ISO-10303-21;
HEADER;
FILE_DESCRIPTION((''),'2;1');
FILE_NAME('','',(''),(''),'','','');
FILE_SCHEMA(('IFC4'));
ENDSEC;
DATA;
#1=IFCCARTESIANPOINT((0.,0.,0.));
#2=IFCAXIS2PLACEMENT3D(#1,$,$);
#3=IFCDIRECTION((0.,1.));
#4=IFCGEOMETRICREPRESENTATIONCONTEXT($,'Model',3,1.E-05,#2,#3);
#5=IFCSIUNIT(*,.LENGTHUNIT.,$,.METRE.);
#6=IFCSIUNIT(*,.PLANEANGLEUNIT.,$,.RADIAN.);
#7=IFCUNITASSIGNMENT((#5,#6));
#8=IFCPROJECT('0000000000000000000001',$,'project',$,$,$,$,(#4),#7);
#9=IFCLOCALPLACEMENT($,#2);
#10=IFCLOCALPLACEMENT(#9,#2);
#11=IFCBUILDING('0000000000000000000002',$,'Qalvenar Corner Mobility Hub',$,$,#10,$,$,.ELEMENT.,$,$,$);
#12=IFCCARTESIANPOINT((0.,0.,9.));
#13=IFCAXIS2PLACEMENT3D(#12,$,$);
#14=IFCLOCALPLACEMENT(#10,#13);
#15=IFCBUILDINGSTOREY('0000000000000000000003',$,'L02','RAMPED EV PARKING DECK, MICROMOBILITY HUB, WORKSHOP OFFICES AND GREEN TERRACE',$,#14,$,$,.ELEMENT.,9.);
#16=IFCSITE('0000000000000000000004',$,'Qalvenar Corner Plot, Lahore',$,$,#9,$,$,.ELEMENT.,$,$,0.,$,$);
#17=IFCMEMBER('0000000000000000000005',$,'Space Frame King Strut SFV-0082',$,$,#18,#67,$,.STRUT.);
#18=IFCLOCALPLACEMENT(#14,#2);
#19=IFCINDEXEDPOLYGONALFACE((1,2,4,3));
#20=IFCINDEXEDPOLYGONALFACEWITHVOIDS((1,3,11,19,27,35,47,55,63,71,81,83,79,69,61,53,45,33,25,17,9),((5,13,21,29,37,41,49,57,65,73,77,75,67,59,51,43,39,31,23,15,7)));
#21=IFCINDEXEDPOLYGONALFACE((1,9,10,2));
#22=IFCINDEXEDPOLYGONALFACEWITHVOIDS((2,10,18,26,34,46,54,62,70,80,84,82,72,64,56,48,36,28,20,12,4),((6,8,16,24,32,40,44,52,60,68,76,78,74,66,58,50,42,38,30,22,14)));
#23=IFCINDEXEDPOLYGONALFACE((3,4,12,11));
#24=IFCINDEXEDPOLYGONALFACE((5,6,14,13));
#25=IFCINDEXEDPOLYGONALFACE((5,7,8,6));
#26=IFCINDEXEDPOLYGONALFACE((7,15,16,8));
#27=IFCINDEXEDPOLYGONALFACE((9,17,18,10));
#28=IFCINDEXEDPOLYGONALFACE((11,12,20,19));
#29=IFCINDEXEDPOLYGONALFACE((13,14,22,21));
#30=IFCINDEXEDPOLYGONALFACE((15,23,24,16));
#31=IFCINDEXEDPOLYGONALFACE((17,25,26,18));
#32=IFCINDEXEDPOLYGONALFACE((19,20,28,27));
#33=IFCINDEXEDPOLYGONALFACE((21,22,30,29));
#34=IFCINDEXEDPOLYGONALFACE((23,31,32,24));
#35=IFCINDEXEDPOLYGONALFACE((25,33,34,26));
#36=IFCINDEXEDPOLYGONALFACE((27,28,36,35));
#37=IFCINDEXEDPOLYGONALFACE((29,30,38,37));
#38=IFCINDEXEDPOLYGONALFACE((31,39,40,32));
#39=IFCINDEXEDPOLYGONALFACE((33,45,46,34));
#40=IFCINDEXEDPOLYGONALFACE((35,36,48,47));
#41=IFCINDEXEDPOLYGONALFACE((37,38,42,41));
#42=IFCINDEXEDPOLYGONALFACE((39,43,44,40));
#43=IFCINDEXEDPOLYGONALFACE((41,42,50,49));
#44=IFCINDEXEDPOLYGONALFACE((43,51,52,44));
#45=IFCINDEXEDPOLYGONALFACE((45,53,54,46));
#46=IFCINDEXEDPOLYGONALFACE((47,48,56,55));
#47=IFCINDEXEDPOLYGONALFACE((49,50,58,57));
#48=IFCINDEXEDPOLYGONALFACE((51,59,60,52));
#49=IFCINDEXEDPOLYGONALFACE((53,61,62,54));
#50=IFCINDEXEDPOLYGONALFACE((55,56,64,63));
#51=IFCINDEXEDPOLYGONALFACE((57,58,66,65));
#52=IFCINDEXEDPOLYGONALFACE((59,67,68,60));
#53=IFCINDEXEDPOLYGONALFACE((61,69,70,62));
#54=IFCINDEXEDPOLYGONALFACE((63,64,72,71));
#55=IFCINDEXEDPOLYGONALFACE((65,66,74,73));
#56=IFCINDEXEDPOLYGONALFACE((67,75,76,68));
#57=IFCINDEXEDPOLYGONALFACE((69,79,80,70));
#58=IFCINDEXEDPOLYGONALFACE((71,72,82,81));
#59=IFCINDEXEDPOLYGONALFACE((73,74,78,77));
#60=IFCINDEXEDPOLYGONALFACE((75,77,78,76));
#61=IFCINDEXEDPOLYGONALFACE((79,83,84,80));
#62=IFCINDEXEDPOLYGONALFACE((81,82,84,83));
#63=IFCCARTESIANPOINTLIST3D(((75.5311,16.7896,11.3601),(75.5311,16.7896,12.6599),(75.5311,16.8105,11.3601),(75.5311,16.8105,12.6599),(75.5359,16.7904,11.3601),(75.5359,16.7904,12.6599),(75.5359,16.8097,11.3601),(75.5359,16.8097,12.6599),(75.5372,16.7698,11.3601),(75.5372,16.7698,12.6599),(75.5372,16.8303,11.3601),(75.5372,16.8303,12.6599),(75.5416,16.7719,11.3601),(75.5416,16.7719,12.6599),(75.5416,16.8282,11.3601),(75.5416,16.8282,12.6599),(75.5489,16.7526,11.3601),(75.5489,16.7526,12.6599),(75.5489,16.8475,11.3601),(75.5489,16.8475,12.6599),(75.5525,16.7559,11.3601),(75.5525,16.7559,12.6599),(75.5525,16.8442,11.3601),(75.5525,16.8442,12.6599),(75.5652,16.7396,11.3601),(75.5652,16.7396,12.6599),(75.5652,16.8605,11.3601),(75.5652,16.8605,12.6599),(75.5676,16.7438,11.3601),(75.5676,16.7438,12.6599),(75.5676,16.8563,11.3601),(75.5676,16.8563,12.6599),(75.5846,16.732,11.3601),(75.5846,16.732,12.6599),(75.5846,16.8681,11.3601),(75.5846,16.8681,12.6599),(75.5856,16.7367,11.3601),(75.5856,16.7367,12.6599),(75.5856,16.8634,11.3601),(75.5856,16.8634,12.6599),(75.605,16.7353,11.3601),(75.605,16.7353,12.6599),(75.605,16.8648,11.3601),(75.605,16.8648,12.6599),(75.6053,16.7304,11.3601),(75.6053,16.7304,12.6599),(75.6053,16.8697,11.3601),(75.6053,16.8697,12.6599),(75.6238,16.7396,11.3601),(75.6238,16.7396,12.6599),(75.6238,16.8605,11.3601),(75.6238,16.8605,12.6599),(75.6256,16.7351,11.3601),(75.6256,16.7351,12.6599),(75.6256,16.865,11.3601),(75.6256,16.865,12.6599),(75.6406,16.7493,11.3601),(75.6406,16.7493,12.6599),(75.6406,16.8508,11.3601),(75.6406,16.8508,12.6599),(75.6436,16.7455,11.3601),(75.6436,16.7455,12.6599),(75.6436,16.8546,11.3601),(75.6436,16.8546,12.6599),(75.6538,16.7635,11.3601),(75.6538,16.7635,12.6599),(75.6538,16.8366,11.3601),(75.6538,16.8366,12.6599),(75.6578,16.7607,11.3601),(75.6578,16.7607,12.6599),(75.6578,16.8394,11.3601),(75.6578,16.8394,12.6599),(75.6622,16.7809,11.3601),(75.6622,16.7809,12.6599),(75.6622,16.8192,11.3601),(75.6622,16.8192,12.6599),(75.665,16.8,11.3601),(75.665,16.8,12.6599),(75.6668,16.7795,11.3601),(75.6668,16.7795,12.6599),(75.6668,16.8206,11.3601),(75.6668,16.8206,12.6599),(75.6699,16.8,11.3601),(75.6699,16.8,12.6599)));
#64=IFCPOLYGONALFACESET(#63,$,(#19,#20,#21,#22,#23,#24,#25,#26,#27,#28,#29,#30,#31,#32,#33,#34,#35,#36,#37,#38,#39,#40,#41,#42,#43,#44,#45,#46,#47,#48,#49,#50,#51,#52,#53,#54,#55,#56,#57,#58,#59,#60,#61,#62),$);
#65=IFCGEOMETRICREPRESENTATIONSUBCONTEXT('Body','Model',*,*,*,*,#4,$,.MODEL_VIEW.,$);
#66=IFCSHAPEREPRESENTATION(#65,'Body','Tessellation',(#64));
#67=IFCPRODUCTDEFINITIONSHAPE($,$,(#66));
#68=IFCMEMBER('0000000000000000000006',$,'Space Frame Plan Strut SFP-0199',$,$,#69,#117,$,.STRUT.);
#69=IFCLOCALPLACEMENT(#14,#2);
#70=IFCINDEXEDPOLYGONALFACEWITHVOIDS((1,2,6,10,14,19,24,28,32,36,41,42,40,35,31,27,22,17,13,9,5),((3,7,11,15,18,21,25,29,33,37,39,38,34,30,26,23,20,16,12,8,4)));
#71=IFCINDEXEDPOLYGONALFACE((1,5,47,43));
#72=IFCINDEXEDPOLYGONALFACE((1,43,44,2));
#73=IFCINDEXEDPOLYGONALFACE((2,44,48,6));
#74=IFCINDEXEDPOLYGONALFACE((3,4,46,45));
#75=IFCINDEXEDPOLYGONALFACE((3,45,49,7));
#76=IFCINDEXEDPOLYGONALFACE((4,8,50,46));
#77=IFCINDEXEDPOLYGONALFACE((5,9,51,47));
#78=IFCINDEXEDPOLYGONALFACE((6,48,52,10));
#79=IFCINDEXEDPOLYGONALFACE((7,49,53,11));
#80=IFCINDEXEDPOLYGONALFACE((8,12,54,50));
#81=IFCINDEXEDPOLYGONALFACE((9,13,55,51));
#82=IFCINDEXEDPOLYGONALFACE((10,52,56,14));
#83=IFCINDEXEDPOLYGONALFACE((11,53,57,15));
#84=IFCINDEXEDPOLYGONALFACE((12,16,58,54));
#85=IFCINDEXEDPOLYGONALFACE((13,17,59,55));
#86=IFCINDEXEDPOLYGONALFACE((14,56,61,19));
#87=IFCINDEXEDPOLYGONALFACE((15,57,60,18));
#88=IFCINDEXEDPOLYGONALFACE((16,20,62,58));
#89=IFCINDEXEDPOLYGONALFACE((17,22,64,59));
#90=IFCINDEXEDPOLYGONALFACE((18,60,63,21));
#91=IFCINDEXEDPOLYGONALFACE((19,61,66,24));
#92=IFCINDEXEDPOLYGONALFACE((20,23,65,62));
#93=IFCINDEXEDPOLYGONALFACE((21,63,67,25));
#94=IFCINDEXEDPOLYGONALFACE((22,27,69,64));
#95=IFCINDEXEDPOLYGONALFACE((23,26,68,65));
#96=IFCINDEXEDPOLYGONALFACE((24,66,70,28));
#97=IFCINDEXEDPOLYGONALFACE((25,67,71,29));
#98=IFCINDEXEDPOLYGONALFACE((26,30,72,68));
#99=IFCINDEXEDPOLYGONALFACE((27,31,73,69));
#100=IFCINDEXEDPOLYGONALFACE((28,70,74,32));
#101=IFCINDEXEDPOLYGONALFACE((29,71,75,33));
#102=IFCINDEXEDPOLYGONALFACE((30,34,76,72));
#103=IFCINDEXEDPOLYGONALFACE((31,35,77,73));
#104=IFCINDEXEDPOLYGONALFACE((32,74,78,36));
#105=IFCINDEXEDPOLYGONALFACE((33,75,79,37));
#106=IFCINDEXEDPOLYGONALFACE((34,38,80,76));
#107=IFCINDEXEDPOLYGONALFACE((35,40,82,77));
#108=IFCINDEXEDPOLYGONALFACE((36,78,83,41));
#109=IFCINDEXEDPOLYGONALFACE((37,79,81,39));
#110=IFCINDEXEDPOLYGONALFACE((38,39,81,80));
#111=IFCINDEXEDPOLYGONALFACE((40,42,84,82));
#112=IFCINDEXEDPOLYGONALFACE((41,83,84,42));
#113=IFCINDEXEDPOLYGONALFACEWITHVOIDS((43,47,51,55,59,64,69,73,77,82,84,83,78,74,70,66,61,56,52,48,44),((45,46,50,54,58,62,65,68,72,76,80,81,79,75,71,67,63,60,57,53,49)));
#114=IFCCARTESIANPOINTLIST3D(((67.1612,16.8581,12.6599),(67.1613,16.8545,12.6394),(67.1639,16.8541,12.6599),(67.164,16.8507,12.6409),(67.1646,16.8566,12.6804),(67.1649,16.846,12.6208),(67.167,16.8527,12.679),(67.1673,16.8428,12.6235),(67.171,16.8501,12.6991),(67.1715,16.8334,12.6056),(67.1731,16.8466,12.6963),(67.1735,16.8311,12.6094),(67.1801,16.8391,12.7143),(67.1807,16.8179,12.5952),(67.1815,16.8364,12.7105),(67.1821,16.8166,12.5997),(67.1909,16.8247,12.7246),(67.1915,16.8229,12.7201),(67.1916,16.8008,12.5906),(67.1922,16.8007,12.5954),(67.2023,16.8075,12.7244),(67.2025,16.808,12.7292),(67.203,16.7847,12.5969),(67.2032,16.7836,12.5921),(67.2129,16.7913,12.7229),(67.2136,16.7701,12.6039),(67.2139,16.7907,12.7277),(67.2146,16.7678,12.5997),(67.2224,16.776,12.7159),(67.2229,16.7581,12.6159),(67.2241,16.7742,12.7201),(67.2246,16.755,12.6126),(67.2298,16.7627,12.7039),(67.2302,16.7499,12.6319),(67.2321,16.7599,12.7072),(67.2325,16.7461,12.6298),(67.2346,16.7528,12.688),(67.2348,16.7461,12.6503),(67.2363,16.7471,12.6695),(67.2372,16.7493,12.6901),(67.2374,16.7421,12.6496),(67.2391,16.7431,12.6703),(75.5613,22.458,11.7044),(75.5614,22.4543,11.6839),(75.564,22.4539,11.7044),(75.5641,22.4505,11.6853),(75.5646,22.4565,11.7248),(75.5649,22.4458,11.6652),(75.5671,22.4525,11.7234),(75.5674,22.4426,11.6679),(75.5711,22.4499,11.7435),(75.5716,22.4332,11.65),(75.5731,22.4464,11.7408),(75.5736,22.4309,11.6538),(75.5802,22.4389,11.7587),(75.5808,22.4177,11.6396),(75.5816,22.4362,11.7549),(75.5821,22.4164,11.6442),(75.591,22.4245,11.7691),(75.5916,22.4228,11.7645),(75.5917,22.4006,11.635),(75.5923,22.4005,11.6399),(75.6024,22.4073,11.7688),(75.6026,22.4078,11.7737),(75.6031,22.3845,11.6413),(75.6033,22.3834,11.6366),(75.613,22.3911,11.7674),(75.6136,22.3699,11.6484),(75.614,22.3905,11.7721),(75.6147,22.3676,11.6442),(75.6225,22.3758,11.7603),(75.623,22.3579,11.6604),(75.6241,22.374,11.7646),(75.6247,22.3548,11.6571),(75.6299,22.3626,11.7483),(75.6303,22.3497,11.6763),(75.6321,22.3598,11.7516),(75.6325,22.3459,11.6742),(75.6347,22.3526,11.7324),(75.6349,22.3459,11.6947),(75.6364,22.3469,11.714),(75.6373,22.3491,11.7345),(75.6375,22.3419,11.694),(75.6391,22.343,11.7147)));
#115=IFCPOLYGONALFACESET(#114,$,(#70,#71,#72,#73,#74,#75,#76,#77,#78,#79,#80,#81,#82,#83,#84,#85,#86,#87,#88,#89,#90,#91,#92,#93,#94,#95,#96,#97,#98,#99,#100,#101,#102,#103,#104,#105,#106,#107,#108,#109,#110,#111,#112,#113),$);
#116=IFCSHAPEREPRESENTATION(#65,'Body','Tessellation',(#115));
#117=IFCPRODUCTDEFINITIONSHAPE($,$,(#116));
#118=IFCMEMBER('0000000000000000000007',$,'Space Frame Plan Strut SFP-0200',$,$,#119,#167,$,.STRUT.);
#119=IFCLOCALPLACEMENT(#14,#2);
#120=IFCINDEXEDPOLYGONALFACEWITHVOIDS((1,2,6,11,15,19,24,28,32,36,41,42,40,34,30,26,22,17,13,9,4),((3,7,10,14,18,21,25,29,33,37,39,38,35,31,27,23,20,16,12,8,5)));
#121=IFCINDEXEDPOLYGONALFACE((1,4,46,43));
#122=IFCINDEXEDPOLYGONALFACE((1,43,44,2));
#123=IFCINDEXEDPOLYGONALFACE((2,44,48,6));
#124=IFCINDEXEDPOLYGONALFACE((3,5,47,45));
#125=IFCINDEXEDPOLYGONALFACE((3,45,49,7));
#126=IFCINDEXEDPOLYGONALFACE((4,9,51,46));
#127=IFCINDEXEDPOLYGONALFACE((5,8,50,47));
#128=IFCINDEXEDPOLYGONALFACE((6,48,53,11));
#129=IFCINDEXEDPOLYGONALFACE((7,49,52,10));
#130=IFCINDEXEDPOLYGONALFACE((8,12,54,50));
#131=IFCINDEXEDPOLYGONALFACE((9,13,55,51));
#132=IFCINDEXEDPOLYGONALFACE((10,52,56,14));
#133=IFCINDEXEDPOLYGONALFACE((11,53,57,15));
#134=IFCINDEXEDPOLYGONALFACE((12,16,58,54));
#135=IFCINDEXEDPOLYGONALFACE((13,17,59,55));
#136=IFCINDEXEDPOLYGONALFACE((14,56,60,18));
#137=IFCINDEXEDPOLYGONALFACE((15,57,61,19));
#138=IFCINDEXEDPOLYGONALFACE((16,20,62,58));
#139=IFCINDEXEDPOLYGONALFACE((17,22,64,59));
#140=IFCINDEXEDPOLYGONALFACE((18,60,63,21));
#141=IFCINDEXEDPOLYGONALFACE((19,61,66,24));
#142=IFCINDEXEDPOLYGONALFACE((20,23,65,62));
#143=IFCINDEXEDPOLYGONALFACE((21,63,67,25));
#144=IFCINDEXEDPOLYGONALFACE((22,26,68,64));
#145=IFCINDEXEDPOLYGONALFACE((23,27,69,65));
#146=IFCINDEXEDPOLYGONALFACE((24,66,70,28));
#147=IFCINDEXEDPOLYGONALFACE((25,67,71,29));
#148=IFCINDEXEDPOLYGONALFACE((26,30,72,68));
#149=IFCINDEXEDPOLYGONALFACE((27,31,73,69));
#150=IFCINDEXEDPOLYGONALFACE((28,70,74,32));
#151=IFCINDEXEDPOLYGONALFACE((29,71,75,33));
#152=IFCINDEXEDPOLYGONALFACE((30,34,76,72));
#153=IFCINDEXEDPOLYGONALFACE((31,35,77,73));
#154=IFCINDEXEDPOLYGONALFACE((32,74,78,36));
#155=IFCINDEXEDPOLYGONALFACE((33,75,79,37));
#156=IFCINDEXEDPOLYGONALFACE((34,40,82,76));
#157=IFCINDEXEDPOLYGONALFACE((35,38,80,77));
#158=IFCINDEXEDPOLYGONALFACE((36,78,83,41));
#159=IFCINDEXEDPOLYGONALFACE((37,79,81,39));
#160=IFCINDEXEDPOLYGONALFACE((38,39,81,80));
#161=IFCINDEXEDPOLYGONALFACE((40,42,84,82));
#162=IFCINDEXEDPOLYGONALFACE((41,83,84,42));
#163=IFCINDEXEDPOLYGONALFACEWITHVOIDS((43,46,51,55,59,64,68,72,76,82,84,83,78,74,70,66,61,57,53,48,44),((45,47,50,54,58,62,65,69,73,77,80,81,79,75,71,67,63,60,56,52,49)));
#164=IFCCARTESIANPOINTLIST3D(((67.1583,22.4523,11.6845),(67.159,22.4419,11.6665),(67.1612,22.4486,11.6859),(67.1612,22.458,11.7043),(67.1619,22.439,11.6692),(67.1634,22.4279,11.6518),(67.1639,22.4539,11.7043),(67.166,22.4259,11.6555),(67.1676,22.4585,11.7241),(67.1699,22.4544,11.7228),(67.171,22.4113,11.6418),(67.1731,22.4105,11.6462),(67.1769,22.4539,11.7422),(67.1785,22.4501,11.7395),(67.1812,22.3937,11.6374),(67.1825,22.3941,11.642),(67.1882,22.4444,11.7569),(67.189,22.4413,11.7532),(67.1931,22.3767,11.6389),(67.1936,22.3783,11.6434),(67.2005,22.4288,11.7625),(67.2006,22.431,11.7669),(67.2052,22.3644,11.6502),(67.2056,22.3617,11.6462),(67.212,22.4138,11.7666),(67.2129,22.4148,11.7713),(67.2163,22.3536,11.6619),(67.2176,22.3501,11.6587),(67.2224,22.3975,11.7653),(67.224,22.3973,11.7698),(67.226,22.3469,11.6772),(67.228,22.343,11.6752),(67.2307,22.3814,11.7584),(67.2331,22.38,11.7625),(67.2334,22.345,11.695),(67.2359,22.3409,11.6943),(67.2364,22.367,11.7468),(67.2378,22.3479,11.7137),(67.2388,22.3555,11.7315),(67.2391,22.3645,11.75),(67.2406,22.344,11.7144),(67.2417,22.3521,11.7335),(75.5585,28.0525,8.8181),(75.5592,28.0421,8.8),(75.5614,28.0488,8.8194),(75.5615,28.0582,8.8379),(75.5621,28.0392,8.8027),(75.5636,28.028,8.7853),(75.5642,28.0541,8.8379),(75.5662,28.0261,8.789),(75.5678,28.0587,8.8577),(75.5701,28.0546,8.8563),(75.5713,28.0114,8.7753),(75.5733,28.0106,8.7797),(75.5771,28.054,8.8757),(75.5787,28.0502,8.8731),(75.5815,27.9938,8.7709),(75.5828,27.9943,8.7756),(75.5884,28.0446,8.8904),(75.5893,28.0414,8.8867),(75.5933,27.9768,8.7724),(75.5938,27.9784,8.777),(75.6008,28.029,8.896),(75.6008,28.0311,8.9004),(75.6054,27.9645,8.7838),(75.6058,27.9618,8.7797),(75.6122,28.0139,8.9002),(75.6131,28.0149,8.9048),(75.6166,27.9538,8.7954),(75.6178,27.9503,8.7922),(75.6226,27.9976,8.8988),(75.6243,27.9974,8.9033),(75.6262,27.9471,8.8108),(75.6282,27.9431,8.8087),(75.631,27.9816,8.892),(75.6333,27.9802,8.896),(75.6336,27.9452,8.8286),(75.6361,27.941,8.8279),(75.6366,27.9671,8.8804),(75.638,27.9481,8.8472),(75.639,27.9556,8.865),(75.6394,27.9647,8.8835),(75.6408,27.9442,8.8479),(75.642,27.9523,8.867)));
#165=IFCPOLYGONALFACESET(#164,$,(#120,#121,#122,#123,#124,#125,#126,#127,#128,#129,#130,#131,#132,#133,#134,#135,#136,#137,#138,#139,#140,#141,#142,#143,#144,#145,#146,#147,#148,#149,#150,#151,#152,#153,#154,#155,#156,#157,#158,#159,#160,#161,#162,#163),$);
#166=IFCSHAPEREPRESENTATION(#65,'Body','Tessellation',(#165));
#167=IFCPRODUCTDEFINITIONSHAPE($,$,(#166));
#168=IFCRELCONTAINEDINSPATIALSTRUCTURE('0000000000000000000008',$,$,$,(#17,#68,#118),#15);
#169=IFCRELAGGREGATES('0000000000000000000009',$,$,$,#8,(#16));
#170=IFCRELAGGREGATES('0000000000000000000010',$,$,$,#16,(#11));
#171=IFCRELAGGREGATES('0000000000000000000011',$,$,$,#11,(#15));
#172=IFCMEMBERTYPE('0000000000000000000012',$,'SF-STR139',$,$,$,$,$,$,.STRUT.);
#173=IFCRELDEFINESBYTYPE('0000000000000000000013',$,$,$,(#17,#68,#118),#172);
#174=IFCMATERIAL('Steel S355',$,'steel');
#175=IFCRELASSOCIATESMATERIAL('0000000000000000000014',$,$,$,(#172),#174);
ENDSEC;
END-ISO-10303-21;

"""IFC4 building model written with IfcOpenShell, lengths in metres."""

from ifc_helpers import new_model, si_unit, direction, frame, origin, origin_2d, place, context, subcontext, project, spatial, hollow_circle, extrude, material, material_profile, profile_set, type_object, element, save


model = new_model("IFC4")

# Units and contexts
model_context = context("Model", 3, precision=1e-05, world=origin(), true_north=direction((0.0, 1.0)))
body_context = subcontext(model_context, "Body", "Model", "MODEL_VIEW")
ifc_project = project(units=[si_unit("LENGTHUNIT", "METRE"), si_unit("PLANEANGLEUNIT", "RADIAN")], contexts=[model_context])

# Site, building, storey
site_placement = place(None, origin())
site = spatial("IfcSite", under=ifc_project, at=site_placement, Name="Qalvenar Corner Plot, Lahore", CompositionType="ELEMENT", RefElevation=0.0)
building_placement = place(site_placement, origin())
building = spatial("IfcBuilding", under=site, at=building_placement, Name="Qalvenar Corner Mobility Hub", CompositionType="ELEMENT")
storey_placement = place(building_placement, frame((0.0, 0.0, 9.0)))
storey = spatial("IfcBuildingStorey", under=building, at=storey_placement, Name="L02", Description="RAMPED EV PARKING DECK, MICROMOBILITY HUB, WORKSHOP OFFICES AND GREEN TERRACE", CompositionType="ELEMENT", Elevation=9.0)

# Members
ifc_material_1 = material(Name="Steel S355", Category="steel")
ifc_material_profile_1 = material_profile(ifc_material_1, hollow_circle(Radius=0.0698, WallThickness=0.0049, at=origin_2d()), Name="CHS139.7x5")
ifc_profile_set_1 = profile_set([ifc_material_profile_1], Name="Steel S355")
member_type_1 = type_object("IfcMemberType", Name="SF-STR139", PredefinedType="STRUT", material=ifc_profile_set_1)
member_1_placement = place(storey_placement, frame((75.6001, 16.8, 11.3601), z_axis=(0.0, 0.0, 1.0), x_axis=(1.0, 0.0, 0.0)))
element("IfcMember", 1, at=member_1_placement, inside=storey, type_object=member_type_1, Name="Space Frame King Strut SFV-0082", PredefinedType="STRUT", context=body_context, shape_type="SweptSolid", body=[
    extrude(hollow_circle(Radius=0.0698, WallThickness=0.0049, at=origin_2d()), origin(), (0.0, 0.0, 1.0), 1.2998),
])
member_2_placement = place(storey_placement, frame((67.2, 16.8, 12.6599), z_axis=(0.828359, 0.552215, -0.094231), x_axis=(-0.554683, 0.832061, 0.0)))
element("IfcMember", 2, at=member_2_placement, inside=storey, type_object=member_type_1, Name="Space Frame Plan Strut SFP-0199", PredefinedType="STRUT", context=body_context, shape_type="SweptSolid", body=[
    extrude(hollow_circle(Radius=0.0698, WallThickness=0.0049, at=origin_2d()), origin(), (0.0, 0.0, 1.0), 10.1406),
])
member_3_placement = place(storey_placement, frame((67.2, 22.3999, 11.7043), z_axis=(0.800413, 0.533609, -0.273132), x_axis=(-0.5547, 0.83205, 0.0)))
element("IfcMember", 3, at=member_3_placement, inside=storey, type_object=member_type_1, Name="Space Frame Plan Strut SFP-0200", PredefinedType="STRUT", context=body_context, shape_type="SweptSolid", body=[
    extrude(hollow_circle(Radius=0.0698, WallThickness=0.0049, at=origin_2d()), origin(), (0.0, 0.0, 1.0), 10.4949),
])

save(model, "model.ifc")
